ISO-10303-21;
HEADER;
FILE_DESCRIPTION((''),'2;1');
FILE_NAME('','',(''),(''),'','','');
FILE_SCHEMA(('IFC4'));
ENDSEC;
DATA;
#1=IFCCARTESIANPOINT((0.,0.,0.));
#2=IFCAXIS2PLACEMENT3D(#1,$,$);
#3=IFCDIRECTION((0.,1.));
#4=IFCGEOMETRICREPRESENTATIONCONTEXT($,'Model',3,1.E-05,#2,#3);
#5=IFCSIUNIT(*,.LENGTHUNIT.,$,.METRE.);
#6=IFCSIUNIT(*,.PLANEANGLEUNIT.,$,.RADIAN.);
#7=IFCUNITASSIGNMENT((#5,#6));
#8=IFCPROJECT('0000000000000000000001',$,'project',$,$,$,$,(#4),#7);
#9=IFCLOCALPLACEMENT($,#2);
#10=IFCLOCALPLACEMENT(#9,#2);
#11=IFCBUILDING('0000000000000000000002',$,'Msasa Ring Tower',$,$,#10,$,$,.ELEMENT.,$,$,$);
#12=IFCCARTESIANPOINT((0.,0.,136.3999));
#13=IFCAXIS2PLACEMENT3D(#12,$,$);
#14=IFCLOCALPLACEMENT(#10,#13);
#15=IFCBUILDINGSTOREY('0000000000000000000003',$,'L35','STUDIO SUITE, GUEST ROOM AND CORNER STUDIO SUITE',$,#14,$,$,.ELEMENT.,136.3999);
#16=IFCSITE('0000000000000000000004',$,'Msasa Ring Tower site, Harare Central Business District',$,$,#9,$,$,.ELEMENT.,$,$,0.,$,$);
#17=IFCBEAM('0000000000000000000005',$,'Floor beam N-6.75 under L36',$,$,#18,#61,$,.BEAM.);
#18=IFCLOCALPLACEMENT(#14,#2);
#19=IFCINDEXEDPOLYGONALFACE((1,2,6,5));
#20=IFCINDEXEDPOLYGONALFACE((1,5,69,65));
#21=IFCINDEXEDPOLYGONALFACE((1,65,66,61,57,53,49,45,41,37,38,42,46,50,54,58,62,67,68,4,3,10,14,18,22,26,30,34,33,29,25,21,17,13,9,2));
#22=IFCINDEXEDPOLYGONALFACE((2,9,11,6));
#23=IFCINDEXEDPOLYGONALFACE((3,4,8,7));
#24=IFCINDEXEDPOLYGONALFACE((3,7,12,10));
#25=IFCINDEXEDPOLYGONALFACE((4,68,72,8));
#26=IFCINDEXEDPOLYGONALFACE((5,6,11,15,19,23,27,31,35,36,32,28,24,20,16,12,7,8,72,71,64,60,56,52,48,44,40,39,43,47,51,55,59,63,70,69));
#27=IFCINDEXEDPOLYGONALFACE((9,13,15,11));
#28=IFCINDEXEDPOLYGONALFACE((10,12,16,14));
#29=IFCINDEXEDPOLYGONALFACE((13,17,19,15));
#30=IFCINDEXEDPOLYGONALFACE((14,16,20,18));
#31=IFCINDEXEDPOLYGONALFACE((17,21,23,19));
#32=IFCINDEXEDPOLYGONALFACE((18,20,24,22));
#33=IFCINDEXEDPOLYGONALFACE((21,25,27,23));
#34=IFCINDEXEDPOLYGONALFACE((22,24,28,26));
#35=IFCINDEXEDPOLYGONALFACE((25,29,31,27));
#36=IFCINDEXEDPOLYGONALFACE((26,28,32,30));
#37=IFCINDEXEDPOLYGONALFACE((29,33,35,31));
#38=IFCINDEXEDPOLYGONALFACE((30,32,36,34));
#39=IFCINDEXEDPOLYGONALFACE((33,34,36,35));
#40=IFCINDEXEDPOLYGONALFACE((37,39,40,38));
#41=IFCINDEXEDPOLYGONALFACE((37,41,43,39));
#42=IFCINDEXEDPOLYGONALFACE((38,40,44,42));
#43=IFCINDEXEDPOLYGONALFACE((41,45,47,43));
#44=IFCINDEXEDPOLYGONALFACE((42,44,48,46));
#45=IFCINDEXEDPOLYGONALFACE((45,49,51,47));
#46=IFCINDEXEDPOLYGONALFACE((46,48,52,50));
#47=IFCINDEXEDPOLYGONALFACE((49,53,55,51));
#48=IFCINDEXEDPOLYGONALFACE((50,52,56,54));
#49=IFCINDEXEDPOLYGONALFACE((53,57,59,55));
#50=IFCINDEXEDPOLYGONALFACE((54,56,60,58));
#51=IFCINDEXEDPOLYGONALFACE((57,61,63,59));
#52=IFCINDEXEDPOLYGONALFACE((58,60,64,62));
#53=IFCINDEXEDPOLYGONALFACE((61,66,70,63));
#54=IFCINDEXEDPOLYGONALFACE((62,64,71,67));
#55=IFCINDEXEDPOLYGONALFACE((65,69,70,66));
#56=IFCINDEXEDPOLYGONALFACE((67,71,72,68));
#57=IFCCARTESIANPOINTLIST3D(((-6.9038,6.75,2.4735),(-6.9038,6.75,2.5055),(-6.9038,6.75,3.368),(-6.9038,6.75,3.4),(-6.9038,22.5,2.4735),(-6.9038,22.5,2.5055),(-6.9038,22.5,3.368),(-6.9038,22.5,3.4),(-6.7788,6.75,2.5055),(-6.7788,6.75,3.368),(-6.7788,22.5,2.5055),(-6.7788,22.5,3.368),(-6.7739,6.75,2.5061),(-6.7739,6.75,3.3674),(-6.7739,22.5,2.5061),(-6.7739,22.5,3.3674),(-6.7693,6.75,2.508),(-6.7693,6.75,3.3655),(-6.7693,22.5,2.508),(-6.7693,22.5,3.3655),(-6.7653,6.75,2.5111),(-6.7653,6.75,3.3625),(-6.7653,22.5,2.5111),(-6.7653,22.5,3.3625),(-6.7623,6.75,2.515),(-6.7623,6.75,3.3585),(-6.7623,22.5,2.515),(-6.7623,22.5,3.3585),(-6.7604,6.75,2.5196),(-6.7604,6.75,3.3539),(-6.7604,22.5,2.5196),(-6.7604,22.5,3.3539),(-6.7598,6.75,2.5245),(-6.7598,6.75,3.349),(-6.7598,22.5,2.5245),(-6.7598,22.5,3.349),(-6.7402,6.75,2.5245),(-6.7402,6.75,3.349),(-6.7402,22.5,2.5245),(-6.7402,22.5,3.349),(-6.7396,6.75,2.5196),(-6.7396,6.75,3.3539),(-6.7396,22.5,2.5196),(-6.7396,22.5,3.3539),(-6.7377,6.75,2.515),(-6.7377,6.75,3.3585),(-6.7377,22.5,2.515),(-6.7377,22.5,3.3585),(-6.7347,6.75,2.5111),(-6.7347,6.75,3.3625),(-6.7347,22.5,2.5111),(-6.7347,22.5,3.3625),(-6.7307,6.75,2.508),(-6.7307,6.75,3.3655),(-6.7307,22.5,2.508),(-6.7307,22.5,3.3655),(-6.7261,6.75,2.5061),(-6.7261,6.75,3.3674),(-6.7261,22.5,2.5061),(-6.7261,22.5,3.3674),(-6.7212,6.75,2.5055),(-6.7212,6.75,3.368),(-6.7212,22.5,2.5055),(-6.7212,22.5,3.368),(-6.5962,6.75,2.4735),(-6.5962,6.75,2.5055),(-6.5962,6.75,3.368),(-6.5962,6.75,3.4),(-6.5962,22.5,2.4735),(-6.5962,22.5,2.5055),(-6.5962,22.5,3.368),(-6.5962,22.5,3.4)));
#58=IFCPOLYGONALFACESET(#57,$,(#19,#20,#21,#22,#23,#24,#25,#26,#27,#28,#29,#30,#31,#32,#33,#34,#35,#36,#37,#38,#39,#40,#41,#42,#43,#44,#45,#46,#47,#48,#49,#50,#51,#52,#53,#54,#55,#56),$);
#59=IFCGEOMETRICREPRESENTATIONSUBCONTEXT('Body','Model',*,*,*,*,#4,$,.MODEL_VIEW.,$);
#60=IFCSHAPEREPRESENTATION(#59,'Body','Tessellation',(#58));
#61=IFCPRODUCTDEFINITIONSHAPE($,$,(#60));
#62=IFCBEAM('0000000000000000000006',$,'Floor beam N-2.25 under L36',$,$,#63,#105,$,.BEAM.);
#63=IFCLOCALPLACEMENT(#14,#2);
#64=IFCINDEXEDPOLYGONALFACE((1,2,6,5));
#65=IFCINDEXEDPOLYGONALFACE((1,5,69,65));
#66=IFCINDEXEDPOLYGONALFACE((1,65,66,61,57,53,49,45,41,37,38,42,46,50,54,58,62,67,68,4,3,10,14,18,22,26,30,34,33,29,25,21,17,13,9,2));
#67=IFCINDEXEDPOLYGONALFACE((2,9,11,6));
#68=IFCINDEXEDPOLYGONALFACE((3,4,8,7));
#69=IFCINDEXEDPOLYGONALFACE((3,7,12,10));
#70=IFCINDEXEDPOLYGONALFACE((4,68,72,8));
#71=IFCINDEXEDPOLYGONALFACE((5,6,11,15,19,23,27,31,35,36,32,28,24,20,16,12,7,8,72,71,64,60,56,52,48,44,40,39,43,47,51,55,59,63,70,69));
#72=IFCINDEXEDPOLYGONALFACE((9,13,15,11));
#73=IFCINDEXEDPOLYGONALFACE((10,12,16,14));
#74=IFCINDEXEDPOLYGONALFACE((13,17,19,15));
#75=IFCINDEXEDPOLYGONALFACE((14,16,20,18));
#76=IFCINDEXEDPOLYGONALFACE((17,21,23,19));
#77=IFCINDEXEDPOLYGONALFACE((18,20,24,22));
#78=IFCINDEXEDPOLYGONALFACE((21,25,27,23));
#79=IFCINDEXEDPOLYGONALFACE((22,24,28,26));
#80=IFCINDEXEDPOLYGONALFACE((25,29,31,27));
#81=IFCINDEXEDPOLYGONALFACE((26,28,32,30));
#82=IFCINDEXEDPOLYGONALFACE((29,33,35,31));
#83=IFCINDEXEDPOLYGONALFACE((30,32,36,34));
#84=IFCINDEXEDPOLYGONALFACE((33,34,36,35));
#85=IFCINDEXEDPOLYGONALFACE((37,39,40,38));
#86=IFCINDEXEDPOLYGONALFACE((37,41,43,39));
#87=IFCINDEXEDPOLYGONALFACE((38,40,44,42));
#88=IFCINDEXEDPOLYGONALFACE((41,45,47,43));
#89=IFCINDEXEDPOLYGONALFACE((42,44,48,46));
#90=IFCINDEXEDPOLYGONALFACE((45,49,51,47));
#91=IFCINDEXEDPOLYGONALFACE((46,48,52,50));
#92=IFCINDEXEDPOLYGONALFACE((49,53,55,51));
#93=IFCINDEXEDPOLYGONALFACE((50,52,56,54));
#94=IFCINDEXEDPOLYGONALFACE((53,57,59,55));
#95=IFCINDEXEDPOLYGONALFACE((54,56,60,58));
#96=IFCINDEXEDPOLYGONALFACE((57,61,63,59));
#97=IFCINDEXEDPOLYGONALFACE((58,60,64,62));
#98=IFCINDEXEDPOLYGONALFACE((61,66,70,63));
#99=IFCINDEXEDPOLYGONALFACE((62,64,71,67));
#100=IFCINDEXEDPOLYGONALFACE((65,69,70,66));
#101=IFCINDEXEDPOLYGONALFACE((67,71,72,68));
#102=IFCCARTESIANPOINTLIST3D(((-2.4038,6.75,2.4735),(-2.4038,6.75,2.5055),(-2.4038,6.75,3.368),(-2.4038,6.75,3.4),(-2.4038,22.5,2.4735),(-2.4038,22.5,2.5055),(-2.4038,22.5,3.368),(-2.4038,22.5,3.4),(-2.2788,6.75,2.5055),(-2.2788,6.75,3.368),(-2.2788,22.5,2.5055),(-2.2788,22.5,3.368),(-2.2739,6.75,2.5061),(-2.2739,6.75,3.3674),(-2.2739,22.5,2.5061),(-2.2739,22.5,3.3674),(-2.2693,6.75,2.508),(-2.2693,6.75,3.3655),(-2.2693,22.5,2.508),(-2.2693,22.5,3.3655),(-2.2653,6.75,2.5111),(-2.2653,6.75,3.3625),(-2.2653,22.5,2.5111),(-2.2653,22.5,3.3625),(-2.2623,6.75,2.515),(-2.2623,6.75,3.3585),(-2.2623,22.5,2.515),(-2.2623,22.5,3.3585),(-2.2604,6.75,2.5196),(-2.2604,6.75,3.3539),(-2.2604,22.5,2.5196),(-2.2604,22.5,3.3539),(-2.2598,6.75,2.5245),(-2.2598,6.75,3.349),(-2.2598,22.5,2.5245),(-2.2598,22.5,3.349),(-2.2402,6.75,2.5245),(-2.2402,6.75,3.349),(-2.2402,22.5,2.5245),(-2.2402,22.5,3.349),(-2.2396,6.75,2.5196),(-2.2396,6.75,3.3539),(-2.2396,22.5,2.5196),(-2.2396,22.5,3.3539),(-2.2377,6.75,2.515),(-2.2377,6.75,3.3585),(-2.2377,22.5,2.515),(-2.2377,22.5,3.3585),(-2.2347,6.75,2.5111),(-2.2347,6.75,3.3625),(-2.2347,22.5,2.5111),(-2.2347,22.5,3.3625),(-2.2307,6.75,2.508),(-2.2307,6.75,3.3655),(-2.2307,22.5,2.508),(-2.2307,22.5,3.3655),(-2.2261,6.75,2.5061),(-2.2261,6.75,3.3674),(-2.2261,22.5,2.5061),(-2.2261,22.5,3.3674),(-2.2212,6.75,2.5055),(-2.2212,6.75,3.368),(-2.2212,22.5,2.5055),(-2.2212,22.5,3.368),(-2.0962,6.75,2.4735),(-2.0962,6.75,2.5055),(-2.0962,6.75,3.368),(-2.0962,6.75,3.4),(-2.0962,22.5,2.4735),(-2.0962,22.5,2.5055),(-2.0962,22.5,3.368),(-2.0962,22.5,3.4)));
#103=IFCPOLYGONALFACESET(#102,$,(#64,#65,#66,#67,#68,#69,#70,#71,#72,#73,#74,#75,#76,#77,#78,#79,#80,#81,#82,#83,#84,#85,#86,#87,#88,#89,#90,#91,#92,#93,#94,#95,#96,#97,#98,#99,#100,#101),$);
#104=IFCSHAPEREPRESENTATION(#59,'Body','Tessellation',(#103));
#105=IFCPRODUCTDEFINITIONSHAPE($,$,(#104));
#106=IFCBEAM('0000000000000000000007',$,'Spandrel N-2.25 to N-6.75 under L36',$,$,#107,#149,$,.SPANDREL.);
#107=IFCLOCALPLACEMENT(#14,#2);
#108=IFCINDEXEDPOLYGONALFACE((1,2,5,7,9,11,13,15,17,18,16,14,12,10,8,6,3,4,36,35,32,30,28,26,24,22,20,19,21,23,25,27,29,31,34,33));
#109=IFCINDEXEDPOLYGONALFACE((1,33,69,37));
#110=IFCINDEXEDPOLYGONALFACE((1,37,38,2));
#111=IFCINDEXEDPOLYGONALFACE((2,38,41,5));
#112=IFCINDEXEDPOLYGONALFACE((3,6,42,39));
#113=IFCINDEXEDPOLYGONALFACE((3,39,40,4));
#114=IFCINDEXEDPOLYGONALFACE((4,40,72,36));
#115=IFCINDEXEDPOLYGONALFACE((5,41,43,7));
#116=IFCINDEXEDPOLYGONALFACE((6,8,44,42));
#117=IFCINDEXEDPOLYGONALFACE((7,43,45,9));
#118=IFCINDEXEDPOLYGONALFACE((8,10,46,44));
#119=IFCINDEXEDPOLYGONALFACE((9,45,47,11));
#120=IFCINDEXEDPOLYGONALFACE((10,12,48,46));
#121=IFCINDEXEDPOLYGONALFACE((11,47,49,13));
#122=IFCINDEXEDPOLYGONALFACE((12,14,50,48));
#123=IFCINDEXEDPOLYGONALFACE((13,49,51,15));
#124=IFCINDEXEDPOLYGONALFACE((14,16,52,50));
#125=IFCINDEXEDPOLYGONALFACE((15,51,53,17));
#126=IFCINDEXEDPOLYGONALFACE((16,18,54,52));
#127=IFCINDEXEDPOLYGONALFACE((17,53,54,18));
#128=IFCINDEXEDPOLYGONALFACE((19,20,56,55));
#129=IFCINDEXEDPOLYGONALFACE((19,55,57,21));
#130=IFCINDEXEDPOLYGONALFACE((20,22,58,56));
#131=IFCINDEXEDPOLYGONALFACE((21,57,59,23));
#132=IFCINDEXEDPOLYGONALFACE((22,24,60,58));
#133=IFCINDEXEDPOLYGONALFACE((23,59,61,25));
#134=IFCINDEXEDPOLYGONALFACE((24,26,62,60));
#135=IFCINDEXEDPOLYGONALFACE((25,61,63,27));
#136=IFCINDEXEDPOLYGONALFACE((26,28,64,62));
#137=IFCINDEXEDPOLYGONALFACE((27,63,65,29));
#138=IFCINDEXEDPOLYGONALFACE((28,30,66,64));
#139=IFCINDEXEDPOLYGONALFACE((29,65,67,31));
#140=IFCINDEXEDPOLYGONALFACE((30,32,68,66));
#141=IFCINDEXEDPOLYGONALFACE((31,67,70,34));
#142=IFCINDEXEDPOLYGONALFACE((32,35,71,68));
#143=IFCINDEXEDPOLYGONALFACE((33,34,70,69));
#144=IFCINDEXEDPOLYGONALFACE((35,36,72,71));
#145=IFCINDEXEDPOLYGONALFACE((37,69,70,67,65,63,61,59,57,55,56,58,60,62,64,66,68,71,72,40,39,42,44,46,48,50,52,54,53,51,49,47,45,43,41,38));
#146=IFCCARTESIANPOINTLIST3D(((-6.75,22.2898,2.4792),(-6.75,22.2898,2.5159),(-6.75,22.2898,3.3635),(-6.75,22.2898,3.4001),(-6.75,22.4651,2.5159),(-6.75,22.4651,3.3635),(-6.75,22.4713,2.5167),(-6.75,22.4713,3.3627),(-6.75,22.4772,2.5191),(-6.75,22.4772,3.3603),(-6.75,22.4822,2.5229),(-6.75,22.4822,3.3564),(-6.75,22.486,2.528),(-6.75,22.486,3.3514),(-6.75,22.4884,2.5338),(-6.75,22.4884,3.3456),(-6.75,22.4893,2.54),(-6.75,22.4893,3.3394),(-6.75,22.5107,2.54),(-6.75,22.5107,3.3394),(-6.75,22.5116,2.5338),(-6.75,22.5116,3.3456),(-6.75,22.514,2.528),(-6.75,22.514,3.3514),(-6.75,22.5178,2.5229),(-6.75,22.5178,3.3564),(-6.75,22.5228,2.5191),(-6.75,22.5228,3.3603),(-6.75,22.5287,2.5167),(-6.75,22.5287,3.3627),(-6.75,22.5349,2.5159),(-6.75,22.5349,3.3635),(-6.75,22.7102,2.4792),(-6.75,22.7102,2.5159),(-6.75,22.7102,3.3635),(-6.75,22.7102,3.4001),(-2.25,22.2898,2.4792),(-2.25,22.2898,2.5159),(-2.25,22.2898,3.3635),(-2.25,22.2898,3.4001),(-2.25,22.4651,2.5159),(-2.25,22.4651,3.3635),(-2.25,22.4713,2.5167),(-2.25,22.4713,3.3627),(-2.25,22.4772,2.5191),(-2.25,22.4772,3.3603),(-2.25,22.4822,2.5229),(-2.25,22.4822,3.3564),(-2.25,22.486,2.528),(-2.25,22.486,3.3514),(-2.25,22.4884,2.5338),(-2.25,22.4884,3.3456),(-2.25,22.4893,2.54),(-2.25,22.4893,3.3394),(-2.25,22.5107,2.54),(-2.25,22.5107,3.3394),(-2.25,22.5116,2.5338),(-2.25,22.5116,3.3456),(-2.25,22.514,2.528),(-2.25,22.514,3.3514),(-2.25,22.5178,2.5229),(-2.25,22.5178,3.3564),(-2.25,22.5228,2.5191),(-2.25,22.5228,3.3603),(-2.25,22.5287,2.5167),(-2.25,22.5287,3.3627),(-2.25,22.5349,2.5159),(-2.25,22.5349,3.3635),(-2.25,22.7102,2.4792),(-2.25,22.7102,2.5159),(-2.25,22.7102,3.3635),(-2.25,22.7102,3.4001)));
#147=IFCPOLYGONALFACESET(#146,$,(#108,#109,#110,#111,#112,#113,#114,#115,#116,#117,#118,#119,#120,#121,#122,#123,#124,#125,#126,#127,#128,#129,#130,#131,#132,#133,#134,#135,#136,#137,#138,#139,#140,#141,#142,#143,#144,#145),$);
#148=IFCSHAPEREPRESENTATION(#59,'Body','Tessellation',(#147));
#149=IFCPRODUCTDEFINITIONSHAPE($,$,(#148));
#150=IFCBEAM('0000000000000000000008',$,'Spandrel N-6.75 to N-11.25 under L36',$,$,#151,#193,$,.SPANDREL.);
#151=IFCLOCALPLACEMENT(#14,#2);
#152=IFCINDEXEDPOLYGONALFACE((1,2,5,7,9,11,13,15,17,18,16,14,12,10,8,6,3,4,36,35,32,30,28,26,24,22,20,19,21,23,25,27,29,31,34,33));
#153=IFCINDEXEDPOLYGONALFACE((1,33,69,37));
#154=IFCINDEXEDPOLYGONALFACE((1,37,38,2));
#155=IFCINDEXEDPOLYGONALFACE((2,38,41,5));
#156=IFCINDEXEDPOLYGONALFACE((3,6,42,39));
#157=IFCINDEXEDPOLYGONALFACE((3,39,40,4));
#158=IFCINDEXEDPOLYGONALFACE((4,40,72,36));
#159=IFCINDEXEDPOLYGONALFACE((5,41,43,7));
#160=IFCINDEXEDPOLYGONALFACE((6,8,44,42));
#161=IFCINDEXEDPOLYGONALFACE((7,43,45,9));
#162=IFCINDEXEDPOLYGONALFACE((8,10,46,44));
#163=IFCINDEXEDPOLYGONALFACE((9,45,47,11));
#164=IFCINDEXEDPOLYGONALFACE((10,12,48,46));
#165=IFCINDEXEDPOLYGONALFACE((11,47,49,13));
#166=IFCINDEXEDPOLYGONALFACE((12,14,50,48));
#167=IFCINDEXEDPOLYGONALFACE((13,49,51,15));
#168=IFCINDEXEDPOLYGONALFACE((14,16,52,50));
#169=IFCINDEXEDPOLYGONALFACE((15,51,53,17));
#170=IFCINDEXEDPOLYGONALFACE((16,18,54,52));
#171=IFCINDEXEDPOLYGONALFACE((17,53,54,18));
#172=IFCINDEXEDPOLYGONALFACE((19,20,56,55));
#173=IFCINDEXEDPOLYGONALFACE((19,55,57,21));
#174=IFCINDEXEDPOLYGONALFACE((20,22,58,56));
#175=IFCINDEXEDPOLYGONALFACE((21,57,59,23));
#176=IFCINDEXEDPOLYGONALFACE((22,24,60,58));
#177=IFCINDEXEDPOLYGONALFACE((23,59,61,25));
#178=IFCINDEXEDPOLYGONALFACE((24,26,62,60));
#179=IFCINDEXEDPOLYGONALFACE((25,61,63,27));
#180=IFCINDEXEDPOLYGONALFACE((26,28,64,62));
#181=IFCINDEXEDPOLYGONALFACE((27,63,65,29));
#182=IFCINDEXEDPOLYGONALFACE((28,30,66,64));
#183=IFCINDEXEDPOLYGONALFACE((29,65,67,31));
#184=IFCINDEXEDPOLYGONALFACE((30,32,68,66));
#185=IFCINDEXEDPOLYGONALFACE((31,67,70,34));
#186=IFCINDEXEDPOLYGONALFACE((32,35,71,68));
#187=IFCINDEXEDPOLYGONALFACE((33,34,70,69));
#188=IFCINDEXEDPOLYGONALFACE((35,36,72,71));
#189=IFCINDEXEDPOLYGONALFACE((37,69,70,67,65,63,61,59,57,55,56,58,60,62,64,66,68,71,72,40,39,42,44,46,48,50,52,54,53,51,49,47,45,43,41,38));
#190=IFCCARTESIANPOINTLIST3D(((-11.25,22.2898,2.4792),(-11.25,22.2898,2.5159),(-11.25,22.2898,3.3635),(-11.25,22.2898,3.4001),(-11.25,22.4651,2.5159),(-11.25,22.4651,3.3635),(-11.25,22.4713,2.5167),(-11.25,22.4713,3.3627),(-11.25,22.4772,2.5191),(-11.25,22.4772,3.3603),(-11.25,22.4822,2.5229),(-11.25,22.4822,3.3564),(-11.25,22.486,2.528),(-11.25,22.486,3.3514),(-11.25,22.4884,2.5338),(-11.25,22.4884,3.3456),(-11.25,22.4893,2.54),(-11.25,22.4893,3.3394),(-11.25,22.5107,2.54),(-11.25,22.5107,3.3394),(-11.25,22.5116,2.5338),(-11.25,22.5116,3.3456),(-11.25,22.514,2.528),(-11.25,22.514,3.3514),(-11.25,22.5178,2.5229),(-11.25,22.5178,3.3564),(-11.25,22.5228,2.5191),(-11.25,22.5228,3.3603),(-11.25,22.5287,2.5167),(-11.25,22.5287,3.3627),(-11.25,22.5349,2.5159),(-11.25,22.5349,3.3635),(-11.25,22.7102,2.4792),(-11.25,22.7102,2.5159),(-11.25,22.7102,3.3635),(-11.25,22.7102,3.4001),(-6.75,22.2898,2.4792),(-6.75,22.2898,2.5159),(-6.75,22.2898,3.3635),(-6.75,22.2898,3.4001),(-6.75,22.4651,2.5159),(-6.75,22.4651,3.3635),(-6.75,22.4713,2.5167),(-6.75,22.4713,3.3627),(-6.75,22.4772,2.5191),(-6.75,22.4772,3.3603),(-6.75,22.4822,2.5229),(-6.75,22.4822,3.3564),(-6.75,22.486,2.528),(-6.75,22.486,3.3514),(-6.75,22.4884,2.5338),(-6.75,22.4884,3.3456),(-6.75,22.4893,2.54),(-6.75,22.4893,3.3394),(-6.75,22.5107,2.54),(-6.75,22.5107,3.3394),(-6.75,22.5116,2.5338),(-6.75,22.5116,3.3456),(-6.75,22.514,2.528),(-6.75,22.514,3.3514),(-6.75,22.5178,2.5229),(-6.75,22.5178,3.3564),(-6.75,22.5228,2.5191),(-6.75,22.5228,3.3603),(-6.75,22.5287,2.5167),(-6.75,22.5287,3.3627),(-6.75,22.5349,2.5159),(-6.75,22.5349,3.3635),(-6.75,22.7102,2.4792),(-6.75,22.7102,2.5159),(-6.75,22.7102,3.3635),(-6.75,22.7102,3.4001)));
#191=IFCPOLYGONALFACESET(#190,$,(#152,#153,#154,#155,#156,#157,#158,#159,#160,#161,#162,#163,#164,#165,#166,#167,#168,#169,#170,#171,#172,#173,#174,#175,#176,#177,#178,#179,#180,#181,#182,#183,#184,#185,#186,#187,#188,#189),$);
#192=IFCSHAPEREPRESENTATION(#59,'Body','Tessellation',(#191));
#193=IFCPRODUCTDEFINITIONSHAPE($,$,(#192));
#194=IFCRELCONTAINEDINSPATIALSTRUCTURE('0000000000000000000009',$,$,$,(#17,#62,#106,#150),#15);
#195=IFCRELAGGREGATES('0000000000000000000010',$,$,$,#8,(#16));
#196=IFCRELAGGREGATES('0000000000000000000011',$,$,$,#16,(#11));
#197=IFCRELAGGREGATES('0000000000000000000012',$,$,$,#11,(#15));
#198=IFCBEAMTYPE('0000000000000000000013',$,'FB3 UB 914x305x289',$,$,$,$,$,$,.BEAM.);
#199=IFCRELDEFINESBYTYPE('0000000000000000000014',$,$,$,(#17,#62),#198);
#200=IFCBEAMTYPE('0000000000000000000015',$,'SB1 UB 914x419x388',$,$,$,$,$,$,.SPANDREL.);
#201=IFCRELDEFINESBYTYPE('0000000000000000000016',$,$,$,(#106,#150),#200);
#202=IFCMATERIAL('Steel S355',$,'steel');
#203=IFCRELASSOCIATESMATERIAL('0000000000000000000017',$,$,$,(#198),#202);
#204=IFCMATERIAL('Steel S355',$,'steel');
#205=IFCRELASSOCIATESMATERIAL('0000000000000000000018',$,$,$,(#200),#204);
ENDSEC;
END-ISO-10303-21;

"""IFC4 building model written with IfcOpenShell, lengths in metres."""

from ifc_helpers import new_model, si_unit, direction, frame, origin, origin_2d, place, context, subcontext, project, spatial, i_section, extrude, material, material_profile, profile_set, type_object, element, save


model = new_model("IFC4")

# Units and contexts
model_context = context("Model", 3, precision=1e-05, world=origin(), true_north=direction((0.0, 1.0)))
body_context = subcontext(model_context, "Body", "Model", "MODEL_VIEW")
ifc_project = project(units=[si_unit("LENGTHUNIT", "METRE"), si_unit("PLANEANGLEUNIT", "RADIAN")], contexts=[model_context])

# Site, building, storey
site_placement = place(None, origin())
site = spatial("IfcSite", under=ifc_project, at=site_placement, Name="Msasa Ring Tower site, Harare Central Business District", CompositionType="ELEMENT", RefElevation=0.0)
building_placement = place(site_placement, origin())
building = spatial("IfcBuilding", under=site, at=building_placement, Name="Msasa Ring Tower", CompositionType="ELEMENT")
storey_placement = place(building_placement, frame((0.0, 0.0, 136.3999)))
storey = spatial("IfcBuildingStorey", under=building, at=storey_placement, Name="L35", Description="STUDIO SUITE, GUEST ROOM AND CORNER STUDIO SUITE", CompositionType="ELEMENT", Elevation=136.3999)

# Beams
ifc_material_1 = material(Name="Steel S355", Category="steel")
ifc_material_profile_1 = material_profile(ifc_material_1, i_section(OverallWidth=0.3076, OverallDepth=0.9265, WebThickness=0.0195, FlangeThickness=0.032, FilletRadius=0.019, at=origin_2d()), Name="UB 914x305x289")
ifc_profile_set_1 = profile_set([ifc_material_profile_1], Name="Steel S355")
beam_type_1 = type_object("IfcBeamType", Name="FB3 UB 914x305x289", PredefinedType="BEAM", material=ifc_profile_set_1)
for number, where, z_axis, x_axis, name in (
    (1, (-6.75, 22.5, 2.9368), (0.0, -1.0, 0.0), (1.0, 0.0, 0.0), "Floor beam N-6.75 under L36"),
    (2, (-2.25, 22.5, 2.9368), (0.0, -1.0, 0.0), (1.0, 0.0, 0.0), "Floor beam N-2.25 under L36"),
):
    element("IfcBeam", number, at=place(storey_placement, frame(where, z_axis=z_axis, x_axis=x_axis)), inside=storey, type_object=beam_type_1, Name=name, PredefinedType="BEAM", context=body_context, shape_type="SweptSolid", body=[
        extrude(i_section(OverallWidth=0.3076, OverallDepth=0.9265, WebThickness=0.0195, FlangeThickness=0.032, FilletRadius=0.019, at=origin_2d()), origin(), (0.0, 0.0, 1.0), 15.75),
    ])
ifc_material_2 = material(Name="Steel S355", Category="steel")
ifc_material_profile_2 = material_profile(ifc_material_2, i_section(OverallWidth=0.4204, OverallDepth=0.9209, WebThickness=0.0215, FlangeThickness=0.0366, FilletRadius=0.0242, at=origin_2d()), Name="UB 914x419x388")
ifc_profile_set_2 = profile_set([ifc_material_profile_2], Name="Steel S355")
beam_type_2 = type_object("IfcBeamType", Name="SB1 UB 914x419x388", PredefinedType="SPANDREL", material=ifc_profile_set_2)
for number, where, z_axis, x_axis, name in (
    (3, (-2.25, 22.5, 2.9397), (-1.0, 0.0, 0.0), (0.0, -1.0, 0.0), "Spandrel N-2.25 to N-6.75 under L36"),
    (4, (-6.75, 22.5, 2.9397), (-1.0, 0.0, 0.0), (0.0, -1.0, 0.0), "Spandrel N-6.75 to N-11.25 under L36"),
):
    element("IfcBeam", number, at=place(storey_placement, frame(where, z_axis=z_axis, x_axis=x_axis)), inside=storey, type_object=beam_type_2, Name=name, PredefinedType="SPANDREL", context=body_context, shape_type="SweptSolid", body=[
        extrude(i_section(OverallWidth=0.4204, OverallDepth=0.9209, WebThickness=0.0215, FlangeThickness=0.0366, FilletRadius=0.0242, at=origin_2d()), origin(), (0.0, 0.0, 1.0), 4.5),
    ])

save(model, "model.ifc")
